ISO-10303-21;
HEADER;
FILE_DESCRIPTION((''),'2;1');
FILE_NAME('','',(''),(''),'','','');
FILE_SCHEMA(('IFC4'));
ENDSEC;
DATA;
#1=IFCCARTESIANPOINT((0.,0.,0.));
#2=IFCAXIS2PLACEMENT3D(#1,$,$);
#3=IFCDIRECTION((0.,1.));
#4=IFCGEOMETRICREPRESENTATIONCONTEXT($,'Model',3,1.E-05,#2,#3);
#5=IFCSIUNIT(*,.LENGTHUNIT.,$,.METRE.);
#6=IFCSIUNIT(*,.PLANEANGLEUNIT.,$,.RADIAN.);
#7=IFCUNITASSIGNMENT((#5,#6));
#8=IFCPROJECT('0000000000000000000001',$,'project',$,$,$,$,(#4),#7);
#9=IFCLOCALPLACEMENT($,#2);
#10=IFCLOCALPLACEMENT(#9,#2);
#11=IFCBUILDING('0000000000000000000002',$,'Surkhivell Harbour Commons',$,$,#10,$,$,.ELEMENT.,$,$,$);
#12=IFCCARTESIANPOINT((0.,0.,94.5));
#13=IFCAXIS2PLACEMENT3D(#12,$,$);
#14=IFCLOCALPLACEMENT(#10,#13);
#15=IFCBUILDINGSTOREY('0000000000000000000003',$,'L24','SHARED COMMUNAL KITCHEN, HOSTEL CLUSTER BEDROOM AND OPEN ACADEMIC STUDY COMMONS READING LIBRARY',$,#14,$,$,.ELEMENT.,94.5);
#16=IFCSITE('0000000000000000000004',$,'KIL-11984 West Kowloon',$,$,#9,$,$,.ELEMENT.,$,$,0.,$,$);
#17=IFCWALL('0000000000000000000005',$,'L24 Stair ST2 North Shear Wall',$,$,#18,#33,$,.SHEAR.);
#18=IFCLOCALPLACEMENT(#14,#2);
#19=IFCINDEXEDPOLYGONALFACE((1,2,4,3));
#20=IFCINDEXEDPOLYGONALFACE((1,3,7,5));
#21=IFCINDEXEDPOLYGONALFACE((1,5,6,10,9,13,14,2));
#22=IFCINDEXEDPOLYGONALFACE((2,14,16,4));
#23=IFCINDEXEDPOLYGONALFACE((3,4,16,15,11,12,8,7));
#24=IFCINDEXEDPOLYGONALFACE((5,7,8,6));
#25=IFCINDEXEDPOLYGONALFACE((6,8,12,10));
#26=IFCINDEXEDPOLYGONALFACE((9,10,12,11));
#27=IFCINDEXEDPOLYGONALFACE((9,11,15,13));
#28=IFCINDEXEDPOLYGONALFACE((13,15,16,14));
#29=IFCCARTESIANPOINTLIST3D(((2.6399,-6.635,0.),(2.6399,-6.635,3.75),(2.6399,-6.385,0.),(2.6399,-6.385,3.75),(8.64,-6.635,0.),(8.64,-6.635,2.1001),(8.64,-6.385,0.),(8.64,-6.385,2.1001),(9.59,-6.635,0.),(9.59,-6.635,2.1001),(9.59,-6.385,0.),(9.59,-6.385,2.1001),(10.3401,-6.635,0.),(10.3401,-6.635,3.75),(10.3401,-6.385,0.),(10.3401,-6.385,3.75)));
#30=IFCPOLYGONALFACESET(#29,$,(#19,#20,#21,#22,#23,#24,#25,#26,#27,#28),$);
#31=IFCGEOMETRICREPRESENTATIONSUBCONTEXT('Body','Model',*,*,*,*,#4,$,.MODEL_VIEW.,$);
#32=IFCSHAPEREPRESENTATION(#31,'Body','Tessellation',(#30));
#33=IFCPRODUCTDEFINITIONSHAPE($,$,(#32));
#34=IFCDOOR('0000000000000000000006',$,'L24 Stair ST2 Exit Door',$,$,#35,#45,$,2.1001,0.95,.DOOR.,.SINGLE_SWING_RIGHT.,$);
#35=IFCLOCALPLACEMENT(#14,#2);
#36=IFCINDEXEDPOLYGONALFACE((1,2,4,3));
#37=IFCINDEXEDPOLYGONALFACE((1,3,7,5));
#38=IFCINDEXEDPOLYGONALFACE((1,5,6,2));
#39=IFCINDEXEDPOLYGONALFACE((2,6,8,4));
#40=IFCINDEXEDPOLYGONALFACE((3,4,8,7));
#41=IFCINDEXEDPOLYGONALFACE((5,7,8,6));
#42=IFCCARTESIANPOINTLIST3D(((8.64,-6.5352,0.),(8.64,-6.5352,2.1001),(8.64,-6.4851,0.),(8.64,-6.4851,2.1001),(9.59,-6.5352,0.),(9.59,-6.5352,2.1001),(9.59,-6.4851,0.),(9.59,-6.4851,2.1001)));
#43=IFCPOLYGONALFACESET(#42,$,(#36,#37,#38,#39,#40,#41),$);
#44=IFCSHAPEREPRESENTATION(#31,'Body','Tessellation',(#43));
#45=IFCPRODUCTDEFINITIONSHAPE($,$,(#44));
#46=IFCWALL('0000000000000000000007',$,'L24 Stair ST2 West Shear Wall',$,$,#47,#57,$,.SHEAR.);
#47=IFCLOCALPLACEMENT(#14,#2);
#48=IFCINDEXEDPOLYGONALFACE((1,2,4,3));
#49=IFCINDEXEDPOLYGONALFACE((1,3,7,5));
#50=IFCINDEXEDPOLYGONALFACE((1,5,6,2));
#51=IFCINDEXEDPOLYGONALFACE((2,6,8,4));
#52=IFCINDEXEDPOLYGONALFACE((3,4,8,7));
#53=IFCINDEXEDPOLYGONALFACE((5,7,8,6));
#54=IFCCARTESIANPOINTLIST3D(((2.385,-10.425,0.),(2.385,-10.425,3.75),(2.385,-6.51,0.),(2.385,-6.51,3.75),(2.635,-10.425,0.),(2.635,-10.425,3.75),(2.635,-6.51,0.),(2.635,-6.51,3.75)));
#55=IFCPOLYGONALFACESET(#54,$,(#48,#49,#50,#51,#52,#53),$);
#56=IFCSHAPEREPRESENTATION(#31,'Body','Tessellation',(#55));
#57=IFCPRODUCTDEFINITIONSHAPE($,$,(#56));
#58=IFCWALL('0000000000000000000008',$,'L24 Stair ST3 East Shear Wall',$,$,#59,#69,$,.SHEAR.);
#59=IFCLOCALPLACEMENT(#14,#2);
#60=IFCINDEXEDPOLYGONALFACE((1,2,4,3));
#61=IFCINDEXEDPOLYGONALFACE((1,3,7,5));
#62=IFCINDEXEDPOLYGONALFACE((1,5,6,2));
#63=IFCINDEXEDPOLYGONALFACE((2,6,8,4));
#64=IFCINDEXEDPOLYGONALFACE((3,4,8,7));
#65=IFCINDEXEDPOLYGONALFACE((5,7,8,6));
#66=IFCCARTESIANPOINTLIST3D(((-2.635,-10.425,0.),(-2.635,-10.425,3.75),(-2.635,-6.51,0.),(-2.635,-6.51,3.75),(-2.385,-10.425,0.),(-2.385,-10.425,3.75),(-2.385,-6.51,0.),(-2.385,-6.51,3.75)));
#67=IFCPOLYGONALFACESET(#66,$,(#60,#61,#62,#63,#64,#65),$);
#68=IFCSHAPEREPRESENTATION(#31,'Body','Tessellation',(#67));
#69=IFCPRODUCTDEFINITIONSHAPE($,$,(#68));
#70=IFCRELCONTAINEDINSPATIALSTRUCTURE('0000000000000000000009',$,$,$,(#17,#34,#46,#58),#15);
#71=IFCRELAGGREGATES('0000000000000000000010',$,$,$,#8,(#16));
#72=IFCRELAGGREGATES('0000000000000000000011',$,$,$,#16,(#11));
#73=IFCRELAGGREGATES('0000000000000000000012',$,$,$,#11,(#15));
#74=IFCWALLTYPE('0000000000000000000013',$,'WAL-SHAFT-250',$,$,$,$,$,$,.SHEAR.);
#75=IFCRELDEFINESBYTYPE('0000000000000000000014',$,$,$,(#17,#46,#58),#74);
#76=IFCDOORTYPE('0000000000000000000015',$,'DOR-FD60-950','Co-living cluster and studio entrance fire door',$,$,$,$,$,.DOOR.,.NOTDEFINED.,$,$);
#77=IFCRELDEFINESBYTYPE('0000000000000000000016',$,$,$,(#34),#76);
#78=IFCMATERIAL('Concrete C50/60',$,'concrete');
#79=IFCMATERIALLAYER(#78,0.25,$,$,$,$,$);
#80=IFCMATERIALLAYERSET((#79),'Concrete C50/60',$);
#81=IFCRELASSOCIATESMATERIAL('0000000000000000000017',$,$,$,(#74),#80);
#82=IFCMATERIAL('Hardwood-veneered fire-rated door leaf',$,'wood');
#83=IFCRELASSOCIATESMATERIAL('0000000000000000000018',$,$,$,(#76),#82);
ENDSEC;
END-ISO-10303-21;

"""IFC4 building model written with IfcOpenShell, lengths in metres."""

from ifc_helpers import new_model, si_unit, direction, frame, frame_2d, origin, place, context, subcontext, project, spatial, rectangle, extrude, material, layer, layer_set, type_object, element, fill, save


model = new_model("IFC4")

# Units and contexts
model_context = context("Model", 3, precision=1e-05, world=origin(), true_north=direction((0.0, 1.0)))
body_context = subcontext(model_context, "Body", "Model", "MODEL_VIEW")
ifc_project = project(units=[si_unit("LENGTHUNIT", "METRE"), si_unit("PLANEANGLEUNIT", "RADIAN")], contexts=[model_context])

# Site, building, storey
site_placement = place(None, origin())
site = spatial("IfcSite", under=ifc_project, at=site_placement, Name="KIL-11984 West Kowloon", CompositionType="ELEMENT", RefElevation=0.0)
building_placement = place(site_placement, origin())
building = spatial("IfcBuilding", under=site, at=building_placement, Name="Surkhivell Harbour Commons", CompositionType="ELEMENT")
storey_placement = place(building_placement, frame((0.0, 0.0, 94.5)))
storey = spatial("IfcBuildingStorey", under=building, at=storey_placement, Name="L24", Description="SHARED COMMUNAL KITCHEN, HOSTEL CLUSTER BEDROOM AND OPEN ACADEMIC STUDY COMMONS READING LIBRARY", CompositionType="ELEMENT", Elevation=94.5)

# Shared definitions
ifc_material_1 = material(Name="Hardwood-veneered fire-rated door leaf", Category="wood")

# Shared definitions
ifc_material_2 = material(Name="Concrete C50/60", Category="concrete")
ifc_layer_1 = layer(ifc_material_2, 0.25)
ifc_layer_set_1 = layer_set([ifc_layer_1], Name="Concrete C50/60")
wall_type_1 = type_object("IfcWallType", Name="WAL-SHAFT-250", PredefinedType="SHEAR", material=ifc_layer_set_1)

# Wall, opening, door
wall_1_placement = place(storey_placement, frame((2.6399, -6.51, 0.0), z_axis=(0.0, 0.0, 1.0), x_axis=(1.0, 0.0, 0.0)))
wall_1 = element("IfcWall", 1, at=wall_1_placement, inside=storey, type_object=wall_type_1, Name="L24 Stair ST2 North Shear Wall", PredefinedType="SHEAR", context=body_context, shape_type="SweptSolid", body=[
    extrude(rectangle(XDim=7.7002, YDim=0.25, at=frame_2d((3.8501, 0.0))), origin(), (0.0, 0.0, 1.0), 3.75),
])
opening_1_placement = place(wall_1_placement, frame((6.0, 0.0, 0.0)))
opening_1 = element("IfcOpeningElement", 2, at=opening_1_placement, cuts=wall_1, PredefinedType="OPENING", context=body_context, shape_type="SweptSolid", body=[
    extrude(rectangle(XDim=0.95, YDim=2.1001, at=frame_2d((0.4751, 1.05))), frame((0.0, 0.135, 0.0), z_axis=(0.0, -1.0, 0.0), x_axis=(1.0, 0.0, 0.0)), (0.0, 0.0, 1.0), 0.27),
])
door_type_1 = type_object("IfcDoorType", Name="DOR-FD60-950", Description="Co-living cluster and studio entrance fire door", OperationType="NOTDEFINED", PredefinedType="DOOR", material=ifc_material_1)
door_1_placement = place(opening_1_placement, origin())
door_1 = element("IfcDoor", 3, at=door_1_placement, inside=storey, type_object=door_type_1, Name="L24 Stair ST2 Exit Door", OperationType="SINGLE_SWING_RIGHT", OverallHeight=2.1001, OverallWidth=0.95, PredefinedType="DOOR", context=body_context, shape_type="SweptSolid", body=[
    extrude(rectangle(XDim=0.95, YDim=2.1001, at=frame_2d((0.4751, 1.05))), frame((0.0, 0.0249, 0.0), z_axis=(0.0, -1.0, 0.0), x_axis=(1.0, 0.0, 0.0)), (0.0, 0.0, 1.0), 0.05),
])
fill(opening_1, door_1)

# Walls
for number, where, z_axis, x_axis, name in (
    (4, (2.51, -10.425, 0.0), (0.0, 0.0, 1.0), (0.0, 1.0, 0.0), "L24 Stair ST2 West Shear Wall"),
    (5, (-2.51, -10.425, 0.0), (0.0, 0.0, 1.0), (0.0, 1.0, 0.0), "L24 Stair ST3 East Shear Wall"),
):
    element("IfcWall", number, at=place(storey_placement, frame(where, z_axis=z_axis, x_axis=x_axis)), inside=storey, type_object=wall_type_1, Name=name, PredefinedType="SHEAR", context=body_context, shape_type="SweptSolid", body=[
        extrude(rectangle(XDim=3.915, YDim=0.25, at=frame_2d((1.9575, 0.0))), origin(), (0.0, 0.0, 1.0), 3.75),
    ])

save(model, "model.ifc")
